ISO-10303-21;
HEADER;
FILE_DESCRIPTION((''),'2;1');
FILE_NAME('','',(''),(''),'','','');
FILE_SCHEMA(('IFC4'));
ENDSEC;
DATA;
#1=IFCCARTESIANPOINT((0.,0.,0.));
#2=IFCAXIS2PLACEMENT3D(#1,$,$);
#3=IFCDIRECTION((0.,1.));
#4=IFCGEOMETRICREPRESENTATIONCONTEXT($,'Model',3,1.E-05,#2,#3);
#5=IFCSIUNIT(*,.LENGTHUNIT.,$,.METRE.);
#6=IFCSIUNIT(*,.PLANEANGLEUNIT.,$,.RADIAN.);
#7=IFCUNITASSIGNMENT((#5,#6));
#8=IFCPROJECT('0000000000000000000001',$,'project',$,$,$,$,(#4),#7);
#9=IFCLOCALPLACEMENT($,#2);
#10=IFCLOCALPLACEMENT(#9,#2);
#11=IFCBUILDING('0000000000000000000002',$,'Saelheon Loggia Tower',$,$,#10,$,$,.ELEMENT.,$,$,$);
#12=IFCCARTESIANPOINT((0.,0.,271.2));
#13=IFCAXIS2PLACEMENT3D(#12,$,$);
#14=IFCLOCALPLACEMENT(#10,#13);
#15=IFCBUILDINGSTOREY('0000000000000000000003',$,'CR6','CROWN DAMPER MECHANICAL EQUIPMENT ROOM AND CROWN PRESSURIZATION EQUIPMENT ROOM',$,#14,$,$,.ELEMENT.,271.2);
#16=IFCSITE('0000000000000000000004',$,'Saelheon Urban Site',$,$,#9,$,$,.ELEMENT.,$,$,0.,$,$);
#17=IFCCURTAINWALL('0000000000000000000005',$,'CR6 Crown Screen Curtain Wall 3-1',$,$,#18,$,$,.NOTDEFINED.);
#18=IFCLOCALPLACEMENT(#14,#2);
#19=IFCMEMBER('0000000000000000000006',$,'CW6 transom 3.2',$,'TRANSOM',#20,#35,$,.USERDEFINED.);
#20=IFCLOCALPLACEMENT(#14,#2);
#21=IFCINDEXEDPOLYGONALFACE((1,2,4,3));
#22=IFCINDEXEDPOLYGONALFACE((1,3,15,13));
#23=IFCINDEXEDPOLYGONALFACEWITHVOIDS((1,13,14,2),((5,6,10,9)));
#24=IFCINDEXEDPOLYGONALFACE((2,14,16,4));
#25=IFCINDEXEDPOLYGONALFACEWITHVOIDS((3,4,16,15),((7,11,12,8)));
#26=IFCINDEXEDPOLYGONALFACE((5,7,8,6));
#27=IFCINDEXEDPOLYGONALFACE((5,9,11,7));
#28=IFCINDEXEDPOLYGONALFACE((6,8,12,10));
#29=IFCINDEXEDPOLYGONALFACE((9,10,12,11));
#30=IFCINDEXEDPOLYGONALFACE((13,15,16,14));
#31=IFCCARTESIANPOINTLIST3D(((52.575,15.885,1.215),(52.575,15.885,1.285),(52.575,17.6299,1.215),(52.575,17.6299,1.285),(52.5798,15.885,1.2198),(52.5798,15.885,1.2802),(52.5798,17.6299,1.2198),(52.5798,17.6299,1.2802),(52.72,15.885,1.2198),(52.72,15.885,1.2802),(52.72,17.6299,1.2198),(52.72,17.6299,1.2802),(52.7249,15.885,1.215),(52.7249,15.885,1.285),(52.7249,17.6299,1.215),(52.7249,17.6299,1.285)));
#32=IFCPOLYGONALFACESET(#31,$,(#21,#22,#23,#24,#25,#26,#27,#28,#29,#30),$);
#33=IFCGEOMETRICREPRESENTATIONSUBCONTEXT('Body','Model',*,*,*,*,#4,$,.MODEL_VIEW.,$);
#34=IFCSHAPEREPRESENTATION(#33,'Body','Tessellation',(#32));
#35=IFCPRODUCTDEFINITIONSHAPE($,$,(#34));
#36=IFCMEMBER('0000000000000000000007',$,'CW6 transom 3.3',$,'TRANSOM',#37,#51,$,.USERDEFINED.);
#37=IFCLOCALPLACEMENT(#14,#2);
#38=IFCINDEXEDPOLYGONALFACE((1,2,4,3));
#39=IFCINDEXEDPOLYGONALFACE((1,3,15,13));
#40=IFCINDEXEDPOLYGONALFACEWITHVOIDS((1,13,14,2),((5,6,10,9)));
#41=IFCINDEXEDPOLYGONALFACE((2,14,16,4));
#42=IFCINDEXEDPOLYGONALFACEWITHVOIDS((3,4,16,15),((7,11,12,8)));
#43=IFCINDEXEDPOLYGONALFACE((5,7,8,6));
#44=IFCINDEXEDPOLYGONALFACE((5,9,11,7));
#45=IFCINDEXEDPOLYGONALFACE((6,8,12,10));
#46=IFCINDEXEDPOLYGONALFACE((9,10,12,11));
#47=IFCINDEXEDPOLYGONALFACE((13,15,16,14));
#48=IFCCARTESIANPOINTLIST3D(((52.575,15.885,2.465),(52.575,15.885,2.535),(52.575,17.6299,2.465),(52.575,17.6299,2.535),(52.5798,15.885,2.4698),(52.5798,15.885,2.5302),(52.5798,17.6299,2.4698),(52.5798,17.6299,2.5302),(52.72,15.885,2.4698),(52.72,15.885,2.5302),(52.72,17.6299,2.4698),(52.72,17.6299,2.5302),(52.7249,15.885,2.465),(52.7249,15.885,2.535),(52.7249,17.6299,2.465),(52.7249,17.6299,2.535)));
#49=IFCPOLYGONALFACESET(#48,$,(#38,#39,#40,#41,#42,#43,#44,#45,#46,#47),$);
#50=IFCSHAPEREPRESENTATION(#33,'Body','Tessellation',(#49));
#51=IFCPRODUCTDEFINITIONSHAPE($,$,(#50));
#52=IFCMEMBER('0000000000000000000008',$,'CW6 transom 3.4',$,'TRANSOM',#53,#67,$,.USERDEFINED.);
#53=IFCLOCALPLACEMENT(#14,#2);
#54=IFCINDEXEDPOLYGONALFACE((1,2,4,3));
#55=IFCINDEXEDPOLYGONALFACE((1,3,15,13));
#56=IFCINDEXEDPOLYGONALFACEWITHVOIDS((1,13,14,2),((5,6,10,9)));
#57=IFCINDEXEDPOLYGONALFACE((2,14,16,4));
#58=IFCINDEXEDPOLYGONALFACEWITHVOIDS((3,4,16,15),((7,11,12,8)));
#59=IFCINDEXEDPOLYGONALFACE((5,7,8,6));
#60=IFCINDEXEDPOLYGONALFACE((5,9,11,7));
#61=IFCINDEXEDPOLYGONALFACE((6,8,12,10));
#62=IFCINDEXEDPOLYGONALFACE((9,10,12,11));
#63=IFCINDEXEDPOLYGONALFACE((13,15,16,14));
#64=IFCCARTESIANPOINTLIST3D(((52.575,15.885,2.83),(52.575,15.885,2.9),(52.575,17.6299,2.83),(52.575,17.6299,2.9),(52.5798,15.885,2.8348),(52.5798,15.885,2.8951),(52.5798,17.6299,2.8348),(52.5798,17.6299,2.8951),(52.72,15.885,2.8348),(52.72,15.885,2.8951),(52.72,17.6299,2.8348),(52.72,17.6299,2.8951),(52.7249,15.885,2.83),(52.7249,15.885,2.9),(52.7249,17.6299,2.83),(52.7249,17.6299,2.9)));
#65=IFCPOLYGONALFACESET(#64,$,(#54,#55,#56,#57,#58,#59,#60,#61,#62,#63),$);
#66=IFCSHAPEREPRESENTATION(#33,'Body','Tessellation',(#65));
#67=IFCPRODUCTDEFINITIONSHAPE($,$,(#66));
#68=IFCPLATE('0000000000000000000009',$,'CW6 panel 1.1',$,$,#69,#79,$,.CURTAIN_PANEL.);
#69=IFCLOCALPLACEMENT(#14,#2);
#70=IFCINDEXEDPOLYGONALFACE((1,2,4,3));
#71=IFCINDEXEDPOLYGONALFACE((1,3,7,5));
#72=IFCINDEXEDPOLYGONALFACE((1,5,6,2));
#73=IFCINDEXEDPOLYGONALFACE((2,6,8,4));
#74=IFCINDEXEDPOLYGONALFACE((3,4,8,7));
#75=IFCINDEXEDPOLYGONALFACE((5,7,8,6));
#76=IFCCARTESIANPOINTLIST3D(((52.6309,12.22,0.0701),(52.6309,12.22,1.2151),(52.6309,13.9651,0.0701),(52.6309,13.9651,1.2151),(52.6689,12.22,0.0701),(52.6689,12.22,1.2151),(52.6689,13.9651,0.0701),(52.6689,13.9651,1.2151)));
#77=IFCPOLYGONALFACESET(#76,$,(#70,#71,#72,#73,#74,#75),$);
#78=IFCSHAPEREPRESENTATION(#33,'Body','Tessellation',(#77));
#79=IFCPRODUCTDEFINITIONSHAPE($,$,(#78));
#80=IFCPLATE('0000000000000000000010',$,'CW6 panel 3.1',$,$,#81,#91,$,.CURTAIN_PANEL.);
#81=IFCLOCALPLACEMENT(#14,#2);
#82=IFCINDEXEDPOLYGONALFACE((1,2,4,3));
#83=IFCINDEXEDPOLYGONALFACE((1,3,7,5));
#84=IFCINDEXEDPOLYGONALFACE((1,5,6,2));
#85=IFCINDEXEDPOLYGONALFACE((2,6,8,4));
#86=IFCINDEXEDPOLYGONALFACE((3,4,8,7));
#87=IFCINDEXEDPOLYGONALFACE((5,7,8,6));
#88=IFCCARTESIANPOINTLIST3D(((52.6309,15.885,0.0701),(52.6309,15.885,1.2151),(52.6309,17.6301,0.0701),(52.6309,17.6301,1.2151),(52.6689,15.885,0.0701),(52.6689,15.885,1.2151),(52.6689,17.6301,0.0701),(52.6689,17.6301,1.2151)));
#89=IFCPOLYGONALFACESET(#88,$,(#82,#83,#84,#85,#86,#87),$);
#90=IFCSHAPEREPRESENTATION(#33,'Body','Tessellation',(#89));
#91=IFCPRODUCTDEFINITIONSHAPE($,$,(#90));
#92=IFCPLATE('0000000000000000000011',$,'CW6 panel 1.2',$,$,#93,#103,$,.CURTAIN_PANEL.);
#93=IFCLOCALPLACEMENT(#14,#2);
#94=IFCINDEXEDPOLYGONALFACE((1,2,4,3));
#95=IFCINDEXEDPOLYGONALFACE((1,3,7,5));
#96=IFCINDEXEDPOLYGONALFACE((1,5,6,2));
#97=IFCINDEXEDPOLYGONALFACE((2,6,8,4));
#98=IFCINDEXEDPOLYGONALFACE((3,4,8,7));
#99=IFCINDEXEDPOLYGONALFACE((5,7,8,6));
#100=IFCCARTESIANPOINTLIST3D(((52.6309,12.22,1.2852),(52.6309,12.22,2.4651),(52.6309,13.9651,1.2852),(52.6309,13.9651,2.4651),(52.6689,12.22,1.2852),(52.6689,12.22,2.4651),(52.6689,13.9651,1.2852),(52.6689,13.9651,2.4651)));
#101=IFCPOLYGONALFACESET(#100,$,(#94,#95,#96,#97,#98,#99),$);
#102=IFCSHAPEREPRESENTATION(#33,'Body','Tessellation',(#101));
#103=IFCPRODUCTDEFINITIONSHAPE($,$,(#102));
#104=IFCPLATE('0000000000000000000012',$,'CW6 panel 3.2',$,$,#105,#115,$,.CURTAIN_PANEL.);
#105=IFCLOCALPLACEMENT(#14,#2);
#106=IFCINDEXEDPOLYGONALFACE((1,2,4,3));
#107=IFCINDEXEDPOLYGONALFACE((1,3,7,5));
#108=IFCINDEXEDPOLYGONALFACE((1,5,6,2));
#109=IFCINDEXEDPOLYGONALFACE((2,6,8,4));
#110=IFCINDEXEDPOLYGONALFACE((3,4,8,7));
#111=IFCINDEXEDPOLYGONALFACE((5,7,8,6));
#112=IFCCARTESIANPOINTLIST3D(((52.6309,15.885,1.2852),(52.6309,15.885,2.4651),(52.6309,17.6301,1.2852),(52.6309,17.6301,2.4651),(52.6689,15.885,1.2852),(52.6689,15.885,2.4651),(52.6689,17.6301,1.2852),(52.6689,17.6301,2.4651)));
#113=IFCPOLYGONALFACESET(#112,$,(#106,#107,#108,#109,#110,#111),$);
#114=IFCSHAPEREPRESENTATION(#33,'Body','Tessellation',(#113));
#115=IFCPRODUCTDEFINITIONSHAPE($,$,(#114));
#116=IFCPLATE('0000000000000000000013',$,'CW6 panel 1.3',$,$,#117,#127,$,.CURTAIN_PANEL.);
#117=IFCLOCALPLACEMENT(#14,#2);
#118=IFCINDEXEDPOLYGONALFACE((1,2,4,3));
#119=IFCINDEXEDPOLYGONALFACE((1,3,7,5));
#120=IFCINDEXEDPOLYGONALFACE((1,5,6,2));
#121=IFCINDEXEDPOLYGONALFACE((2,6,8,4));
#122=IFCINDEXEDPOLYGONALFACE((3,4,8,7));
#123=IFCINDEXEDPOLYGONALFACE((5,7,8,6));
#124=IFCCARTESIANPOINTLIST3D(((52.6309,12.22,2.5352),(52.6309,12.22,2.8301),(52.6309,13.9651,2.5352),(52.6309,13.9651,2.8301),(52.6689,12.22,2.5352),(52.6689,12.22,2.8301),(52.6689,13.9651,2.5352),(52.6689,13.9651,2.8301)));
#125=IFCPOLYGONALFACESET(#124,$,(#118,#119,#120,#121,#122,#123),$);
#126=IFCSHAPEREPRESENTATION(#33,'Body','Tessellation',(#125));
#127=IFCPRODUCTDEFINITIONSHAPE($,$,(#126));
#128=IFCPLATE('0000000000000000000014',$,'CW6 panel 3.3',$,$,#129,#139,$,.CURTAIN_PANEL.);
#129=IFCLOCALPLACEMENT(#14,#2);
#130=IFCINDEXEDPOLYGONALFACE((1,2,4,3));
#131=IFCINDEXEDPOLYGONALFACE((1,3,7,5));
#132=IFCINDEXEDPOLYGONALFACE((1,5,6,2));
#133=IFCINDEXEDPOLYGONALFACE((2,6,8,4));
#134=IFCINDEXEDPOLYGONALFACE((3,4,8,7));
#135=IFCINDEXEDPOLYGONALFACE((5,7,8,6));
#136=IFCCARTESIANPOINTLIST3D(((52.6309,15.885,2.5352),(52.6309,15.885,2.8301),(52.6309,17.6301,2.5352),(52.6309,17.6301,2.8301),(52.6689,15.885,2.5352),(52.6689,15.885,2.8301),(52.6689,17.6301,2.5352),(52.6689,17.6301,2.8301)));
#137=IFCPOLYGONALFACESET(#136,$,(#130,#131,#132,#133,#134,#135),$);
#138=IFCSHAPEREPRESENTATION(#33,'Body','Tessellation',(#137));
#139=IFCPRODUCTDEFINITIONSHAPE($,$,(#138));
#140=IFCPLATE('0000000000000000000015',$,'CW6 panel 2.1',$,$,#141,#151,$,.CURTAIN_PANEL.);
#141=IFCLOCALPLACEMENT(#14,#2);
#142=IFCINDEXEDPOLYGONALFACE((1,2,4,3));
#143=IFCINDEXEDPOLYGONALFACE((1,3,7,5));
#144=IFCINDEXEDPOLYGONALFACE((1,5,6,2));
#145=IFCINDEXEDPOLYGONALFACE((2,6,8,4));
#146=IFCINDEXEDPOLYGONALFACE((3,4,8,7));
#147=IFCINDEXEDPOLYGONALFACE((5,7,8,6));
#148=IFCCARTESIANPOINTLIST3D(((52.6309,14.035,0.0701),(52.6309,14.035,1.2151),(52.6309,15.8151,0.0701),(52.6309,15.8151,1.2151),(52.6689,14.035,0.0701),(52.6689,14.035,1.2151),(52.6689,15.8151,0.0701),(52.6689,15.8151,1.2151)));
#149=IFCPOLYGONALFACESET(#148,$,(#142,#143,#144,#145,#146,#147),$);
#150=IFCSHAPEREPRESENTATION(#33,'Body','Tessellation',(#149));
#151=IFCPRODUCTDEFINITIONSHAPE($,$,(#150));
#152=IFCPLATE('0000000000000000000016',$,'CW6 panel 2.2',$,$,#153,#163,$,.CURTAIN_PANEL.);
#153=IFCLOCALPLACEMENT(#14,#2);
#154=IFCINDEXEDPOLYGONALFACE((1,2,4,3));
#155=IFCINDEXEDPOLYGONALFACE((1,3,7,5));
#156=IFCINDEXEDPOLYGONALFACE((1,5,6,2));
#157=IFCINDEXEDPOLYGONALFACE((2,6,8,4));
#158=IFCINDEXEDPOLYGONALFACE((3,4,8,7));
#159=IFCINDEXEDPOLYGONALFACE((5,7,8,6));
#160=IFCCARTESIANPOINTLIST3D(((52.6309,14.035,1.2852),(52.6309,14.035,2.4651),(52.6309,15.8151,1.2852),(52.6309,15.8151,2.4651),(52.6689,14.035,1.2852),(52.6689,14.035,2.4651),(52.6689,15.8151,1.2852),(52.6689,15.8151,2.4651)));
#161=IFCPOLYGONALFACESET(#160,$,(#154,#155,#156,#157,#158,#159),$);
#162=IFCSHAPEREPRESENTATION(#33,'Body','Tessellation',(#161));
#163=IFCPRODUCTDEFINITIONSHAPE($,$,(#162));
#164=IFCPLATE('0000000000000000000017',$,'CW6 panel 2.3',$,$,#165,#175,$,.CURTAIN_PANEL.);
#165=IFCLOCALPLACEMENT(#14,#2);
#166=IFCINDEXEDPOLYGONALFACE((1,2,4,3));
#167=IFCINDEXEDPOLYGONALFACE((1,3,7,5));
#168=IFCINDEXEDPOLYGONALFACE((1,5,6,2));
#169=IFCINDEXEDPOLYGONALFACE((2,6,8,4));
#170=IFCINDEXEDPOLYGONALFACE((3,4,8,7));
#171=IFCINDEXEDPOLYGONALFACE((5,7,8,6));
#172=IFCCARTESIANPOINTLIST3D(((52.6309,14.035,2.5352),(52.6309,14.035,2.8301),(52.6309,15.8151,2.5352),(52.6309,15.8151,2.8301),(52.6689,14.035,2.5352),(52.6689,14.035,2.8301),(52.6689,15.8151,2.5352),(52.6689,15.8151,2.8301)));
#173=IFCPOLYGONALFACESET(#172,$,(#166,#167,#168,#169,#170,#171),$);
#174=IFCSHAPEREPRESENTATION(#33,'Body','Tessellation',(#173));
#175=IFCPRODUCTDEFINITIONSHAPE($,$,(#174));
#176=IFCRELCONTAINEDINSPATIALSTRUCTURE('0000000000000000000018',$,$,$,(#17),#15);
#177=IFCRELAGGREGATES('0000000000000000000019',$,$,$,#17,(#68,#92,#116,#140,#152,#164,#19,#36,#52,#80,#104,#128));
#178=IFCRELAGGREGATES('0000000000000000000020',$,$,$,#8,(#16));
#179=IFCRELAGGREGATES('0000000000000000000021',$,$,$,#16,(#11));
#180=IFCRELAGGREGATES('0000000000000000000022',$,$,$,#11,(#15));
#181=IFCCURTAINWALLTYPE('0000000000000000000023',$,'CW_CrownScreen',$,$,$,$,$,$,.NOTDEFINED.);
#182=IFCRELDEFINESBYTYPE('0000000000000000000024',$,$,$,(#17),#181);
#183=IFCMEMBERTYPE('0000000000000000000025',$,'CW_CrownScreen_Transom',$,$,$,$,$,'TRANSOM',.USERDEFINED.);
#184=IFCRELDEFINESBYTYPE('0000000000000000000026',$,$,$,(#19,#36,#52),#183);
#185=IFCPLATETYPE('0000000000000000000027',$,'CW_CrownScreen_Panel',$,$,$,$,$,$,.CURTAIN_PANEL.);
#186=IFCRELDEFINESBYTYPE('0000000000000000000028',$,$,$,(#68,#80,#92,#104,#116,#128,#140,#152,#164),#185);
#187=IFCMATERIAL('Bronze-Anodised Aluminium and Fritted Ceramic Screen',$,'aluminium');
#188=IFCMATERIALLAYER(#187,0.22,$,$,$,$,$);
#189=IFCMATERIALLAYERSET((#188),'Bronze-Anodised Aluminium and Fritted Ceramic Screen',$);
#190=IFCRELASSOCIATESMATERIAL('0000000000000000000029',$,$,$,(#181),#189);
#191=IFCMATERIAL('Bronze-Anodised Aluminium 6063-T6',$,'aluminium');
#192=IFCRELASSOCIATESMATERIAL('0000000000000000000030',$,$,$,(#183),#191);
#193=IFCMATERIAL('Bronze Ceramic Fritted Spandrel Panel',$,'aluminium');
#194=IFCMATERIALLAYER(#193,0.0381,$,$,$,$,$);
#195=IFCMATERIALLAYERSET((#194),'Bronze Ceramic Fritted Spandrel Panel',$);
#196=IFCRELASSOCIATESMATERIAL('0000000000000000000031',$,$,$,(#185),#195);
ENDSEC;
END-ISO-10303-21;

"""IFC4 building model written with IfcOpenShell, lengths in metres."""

from ifc_helpers import new_model, si_unit, direction, frame, origin, origin_2d, place, context, subcontext, project, spatial, rectangle, hollow_rectangle, extrude, source, transform, mapped, material, layer, layer_set, material_profile, profile_set, type_object, element, aggregate, save


model = new_model("IFC4")

# Units and contexts
model_context = context("Model", 3, precision=1e-05, world=origin(), true_north=direction((0.0, 1.0)))
body_context = subcontext(model_context, "Body", "Model", "MODEL_VIEW")
ifc_project = project(units=[si_unit("LENGTHUNIT", "METRE"), si_unit("PLANEANGLEUNIT", "RADIAN")], contexts=[model_context])

# Site, building, storey
site_placement = place(None, origin())
site = spatial("IfcSite", under=ifc_project, at=site_placement, Name="Saelheon Urban Site", CompositionType="ELEMENT", RefElevation=0.0)
building_placement = place(site_placement, origin())
building = spatial("IfcBuilding", under=site, at=building_placement, Name="Saelheon Loggia Tower", CompositionType="ELEMENT")
storey_placement = place(building_placement, frame((0.0, 0.0, 271.2)))
storey = spatial("IfcBuildingStorey", under=building, at=storey_placement, Name="CR6", Description="CROWN DAMPER MECHANICAL EQUIPMENT ROOM AND CROWN PRESSURIZATION EQUIPMENT ROOM", CompositionType="ELEMENT", Elevation=271.2)

# Curtain wall, members, plates
ifc_material_1 = material(Name="Bronze-Anodised Aluminium and Fritted Ceramic Screen", Category="aluminium")
ifc_layer_1 = layer(ifc_material_1, 0.22)
ifc_layer_set_1 = layer_set([ifc_layer_1], Name="Bronze-Anodised Aluminium and Fritted Ceramic Screen")
curtain_wall_type = type_object("IfcCurtainWallType", Name="CW_CrownScreen", PredefinedType="NOTDEFINED", material=ifc_layer_set_1)
curtain_wall_placement = place(storey_placement, origin())
curtain_wall = element("IfcCurtainWall", 1, at=curtain_wall_placement, inside=storey, type_object=curtain_wall_type, Name="CR6 Crown Screen Curtain Wall 3-1", PredefinedType="NOTDEFINED")
ifc_material_2 = material(Name="Bronze-Anodised Aluminium 6063-T6", Category="aluminium")
ifc_material_profile_1 = material_profile(ifc_material_2, hollow_rectangle(XDim=0.0701, YDim=0.1499, WallThickness=0.0049, at=origin_2d()), Name="RHS-150x70x5")
ifc_profile_set_1 = profile_set([ifc_material_profile_1], Name="Bronze-Anodised Aluminium 6063-T6")
member_type_1 = type_object("IfcMemberType", Name="CW_CrownScreen_Transom", ElementType="TRANSOM", PredefinedType="USERDEFINED", material=ifc_profile_set_1)
shared_shape_1 = source(origin(), body_context, "Body", "SweptSolid", [
    extrude(hollow_rectangle(XDim=0.0701, YDim=0.1499, WallThickness=0.0049, at=origin_2d()), origin(), (0.0, 0.0, 1.0), 1.7449),
])
member_1_placement = place(storey_placement, frame((52.6499, 15.885, 1.25), z_axis=(0.0, 1.0, 0.0), x_axis=(0.0, 0.0, 1.0)))
member_1 = element("IfcMember", 2, at=member_1_placement, type_object=member_type_1, Name="CW6 transom 3.2", ObjectType="TRANSOM", PredefinedType="USERDEFINED", context=body_context, shape_type="MappedRepresentation", body=[
    mapped(shared_shape_1, transform((0.0, 0.0, 0.0), scale=1.0)),
])
member_2_placement = place(storey_placement, frame((52.6499, 15.885, 2.5), z_axis=(0.0, 1.0, 0.0), x_axis=(0.0, 0.0, 1.0)))
member_2 = element("IfcMember", 3, at=member_2_placement, type_object=member_type_1, Name="CW6 transom 3.3", ObjectType="TRANSOM", PredefinedType="USERDEFINED", context=body_context, shape_type="MappedRepresentation", body=[
    mapped(shared_shape_1, transform((0.0, 0.0, 0.0), scale=1.0)),
])
member_3_placement = place(storey_placement, frame((52.6499, 15.885, 2.865), z_axis=(0.0, 1.0, 0.0), x_axis=(0.0, 0.0, 1.0)))
member_3 = element("IfcMember", 4, at=member_3_placement, type_object=member_type_1, Name="CW6 transom 3.4", ObjectType="TRANSOM", PredefinedType="USERDEFINED", context=body_context, shape_type="MappedRepresentation", body=[
    mapped(shared_shape_1, transform((0.0, 0.0, 0.0), scale=1.0)),
])
ifc_material_3 = material(Name="Bronze Ceramic Fritted Spandrel Panel", Category="aluminium")
ifc_layer_2 = layer(ifc_material_3, 0.0381)
ifc_layer_set_2 = layer_set([ifc_layer_2], Name="Bronze Ceramic Fritted Spandrel Panel")
plate_type = type_object("IfcPlateType", Name="CW_CrownScreen_Panel", PredefinedType="CURTAIN_PANEL", material=ifc_layer_set_2)
shared_shape_2 = source(origin(), body_context, "Body", "SweptSolid", [
    extrude(rectangle(XDim=1.7451, YDim=0.0381, at=origin_2d()), origin(), (0.0, 0.0, 1.0), 1.145),
])
plate_1_placement = place(storey_placement, frame((52.6499, 13.0925, 0.0701), z_axis=(0.0, 0.0, 1.0), x_axis=(0.0, 1.0, 0.0)))
plate_1 = element("IfcPlate", 5, at=plate_1_placement, type_object=plate_type, Name="CW6 panel 1.1", PredefinedType="CURTAIN_PANEL", context=body_context, shape_type="MappedRepresentation", body=[
    mapped(shared_shape_2, transform((0.0, 0.0, 0.0), scale=1.0)),
])
plate_2_placement = place(storey_placement, frame((52.6499, 16.7576, 0.0701), z_axis=(0.0, 0.0, 1.0), x_axis=(0.0, 1.0, 0.0)))
plate_2 = element("IfcPlate", 6, at=plate_2_placement, type_object=plate_type, Name="CW6 panel 3.1", PredefinedType="CURTAIN_PANEL", context=body_context, shape_type="MappedRepresentation", body=[
    mapped(shared_shape_2, transform((0.0, 0.0, 0.0), scale=1.0)),
])
shared_shape_3 = source(origin(), body_context, "Body", "SweptSolid", [
    extrude(rectangle(XDim=1.7451, YDim=0.0381, at=origin_2d()), origin(), (0.0, 0.0, 1.0), 1.1799),
])
plate_3_placement = place(storey_placement, frame((52.6499, 13.0925, 1.2852), z_axis=(0.0, 0.0, 1.0), x_axis=(0.0, 1.0, 0.0)))
plate_3 = element("IfcPlate", 7, at=plate_3_placement, type_object=plate_type, Name="CW6 panel 1.2", PredefinedType="CURTAIN_PANEL", context=body_context, shape_type="MappedRepresentation", body=[
    mapped(shared_shape_3, transform((0.0, 0.0, 0.0), scale=1.0)),
])
plate_4_placement = place(storey_placement, frame((52.6499, 16.7576, 1.2852), z_axis=(0.0, 0.0, 1.0), x_axis=(0.0, 1.0, 0.0)))
plate_4 = element("IfcPlate", 8, at=plate_4_placement, type_object=plate_type, Name="CW6 panel 3.2", PredefinedType="CURTAIN_PANEL", context=body_context, shape_type="MappedRepresentation", body=[
    mapped(shared_shape_3, transform((0.0, 0.0, 0.0), scale=1.0)),
])
shared_shape_4 = source(origin(), body_context, "Body", "SweptSolid", [
    extrude(rectangle(XDim=1.7451, YDim=0.0381, at=origin_2d()), origin(), (0.0, 0.0, 1.0), 0.2949),
])
plate_5_placement = place(storey_placement, frame((52.6499, 13.0925, 2.5352), z_axis=(0.0, 0.0, 1.0), x_axis=(0.0, 1.0, 0.0)))
plate_5 = element("IfcPlate", 9, at=plate_5_placement, type_object=plate_type, Name="CW6 panel 1.3", PredefinedType="CURTAIN_PANEL", context=body_context, shape_type="MappedRepresentation", body=[
    mapped(shared_shape_4, transform((0.0, 0.0, 0.0), scale=1.0)),
])
plate_6_placement = place(storey_placement, frame((52.6499, 16.7576, 2.5352), z_axis=(0.0, 0.0, 1.0), x_axis=(0.0, 1.0, 0.0)))
plate_6 = element("IfcPlate", 10, at=plate_6_placement, type_object=plate_type, Name="CW6 panel 3.3", PredefinedType="CURTAIN_PANEL", context=body_context, shape_type="MappedRepresentation", body=[
    mapped(shared_shape_4, transform((0.0, 0.0, 0.0), scale=1.0)),
])
shared_shape_5 = source(origin(), body_context, "Body", "SweptSolid", [
    extrude(rectangle(XDim=1.78, YDim=0.0381, at=origin_2d()), origin(), (0.0, 0.0, 1.0), 1.145),
])
plate_7_placement = place(storey_placement, frame((52.6499, 14.925, 0.0701), z_axis=(0.0, 0.0, 1.0), x_axis=(0.0, 1.0, 0.0)))
plate_7 = element("IfcPlate", 11, at=plate_7_placement, type_object=plate_type, Name="CW6 panel 2.1", PredefinedType="CURTAIN_PANEL", context=body_context, shape_type="MappedRepresentation", body=[
    mapped(shared_shape_5, transform((0.0, 0.0, 0.0), scale=1.0)),
])
shared_shape_6 = source(origin(), body_context, "Body", "SweptSolid", [
    extrude(rectangle(XDim=1.78, YDim=0.0381, at=origin_2d()), origin(), (0.0, 0.0, 1.0), 1.1799),
])
plate_8_placement = place(storey_placement, frame((52.6499, 14.925, 1.2852), z_axis=(0.0, 0.0, 1.0), x_axis=(0.0, 1.0, 0.0)))
plate_8 = element("IfcPlate", 12, at=plate_8_placement, type_object=plate_type, Name="CW6 panel 2.2", PredefinedType="CURTAIN_PANEL", context=body_context, shape_type="MappedRepresentation", body=[
    mapped(shared_shape_6, transform((0.0, 0.0, 0.0), scale=1.0)),
])
shared_shape_7 = source(origin(), body_context, "Body", "SweptSolid", [
    extrude(rectangle(XDim=1.78, YDim=0.0381, at=origin_2d()), origin(), (0.0, 0.0, 1.0), 0.2949),
])
plate_9_placement = place(storey_placement, frame((52.6499, 14.925, 2.5352), z_axis=(0.0, 0.0, 1.0), x_axis=(0.0, 1.0, 0.0)))
plate_9 = element("IfcPlate", 13, at=plate_9_placement, type_object=plate_type, Name="CW6 panel 2.3", PredefinedType="CURTAIN_PANEL", context=body_context, shape_type="MappedRepresentation", body=[
    mapped(shared_shape_7, transform((0.0, 0.0, 0.0), scale=1.0)),
])
aggregate(curtain_wall, [plate_1, plate_3, plate_5, plate_7, plate_8, plate_9, member_1, member_2, member_3, plate_2, plate_4, plate_6])

save(model, "model.ifc")
